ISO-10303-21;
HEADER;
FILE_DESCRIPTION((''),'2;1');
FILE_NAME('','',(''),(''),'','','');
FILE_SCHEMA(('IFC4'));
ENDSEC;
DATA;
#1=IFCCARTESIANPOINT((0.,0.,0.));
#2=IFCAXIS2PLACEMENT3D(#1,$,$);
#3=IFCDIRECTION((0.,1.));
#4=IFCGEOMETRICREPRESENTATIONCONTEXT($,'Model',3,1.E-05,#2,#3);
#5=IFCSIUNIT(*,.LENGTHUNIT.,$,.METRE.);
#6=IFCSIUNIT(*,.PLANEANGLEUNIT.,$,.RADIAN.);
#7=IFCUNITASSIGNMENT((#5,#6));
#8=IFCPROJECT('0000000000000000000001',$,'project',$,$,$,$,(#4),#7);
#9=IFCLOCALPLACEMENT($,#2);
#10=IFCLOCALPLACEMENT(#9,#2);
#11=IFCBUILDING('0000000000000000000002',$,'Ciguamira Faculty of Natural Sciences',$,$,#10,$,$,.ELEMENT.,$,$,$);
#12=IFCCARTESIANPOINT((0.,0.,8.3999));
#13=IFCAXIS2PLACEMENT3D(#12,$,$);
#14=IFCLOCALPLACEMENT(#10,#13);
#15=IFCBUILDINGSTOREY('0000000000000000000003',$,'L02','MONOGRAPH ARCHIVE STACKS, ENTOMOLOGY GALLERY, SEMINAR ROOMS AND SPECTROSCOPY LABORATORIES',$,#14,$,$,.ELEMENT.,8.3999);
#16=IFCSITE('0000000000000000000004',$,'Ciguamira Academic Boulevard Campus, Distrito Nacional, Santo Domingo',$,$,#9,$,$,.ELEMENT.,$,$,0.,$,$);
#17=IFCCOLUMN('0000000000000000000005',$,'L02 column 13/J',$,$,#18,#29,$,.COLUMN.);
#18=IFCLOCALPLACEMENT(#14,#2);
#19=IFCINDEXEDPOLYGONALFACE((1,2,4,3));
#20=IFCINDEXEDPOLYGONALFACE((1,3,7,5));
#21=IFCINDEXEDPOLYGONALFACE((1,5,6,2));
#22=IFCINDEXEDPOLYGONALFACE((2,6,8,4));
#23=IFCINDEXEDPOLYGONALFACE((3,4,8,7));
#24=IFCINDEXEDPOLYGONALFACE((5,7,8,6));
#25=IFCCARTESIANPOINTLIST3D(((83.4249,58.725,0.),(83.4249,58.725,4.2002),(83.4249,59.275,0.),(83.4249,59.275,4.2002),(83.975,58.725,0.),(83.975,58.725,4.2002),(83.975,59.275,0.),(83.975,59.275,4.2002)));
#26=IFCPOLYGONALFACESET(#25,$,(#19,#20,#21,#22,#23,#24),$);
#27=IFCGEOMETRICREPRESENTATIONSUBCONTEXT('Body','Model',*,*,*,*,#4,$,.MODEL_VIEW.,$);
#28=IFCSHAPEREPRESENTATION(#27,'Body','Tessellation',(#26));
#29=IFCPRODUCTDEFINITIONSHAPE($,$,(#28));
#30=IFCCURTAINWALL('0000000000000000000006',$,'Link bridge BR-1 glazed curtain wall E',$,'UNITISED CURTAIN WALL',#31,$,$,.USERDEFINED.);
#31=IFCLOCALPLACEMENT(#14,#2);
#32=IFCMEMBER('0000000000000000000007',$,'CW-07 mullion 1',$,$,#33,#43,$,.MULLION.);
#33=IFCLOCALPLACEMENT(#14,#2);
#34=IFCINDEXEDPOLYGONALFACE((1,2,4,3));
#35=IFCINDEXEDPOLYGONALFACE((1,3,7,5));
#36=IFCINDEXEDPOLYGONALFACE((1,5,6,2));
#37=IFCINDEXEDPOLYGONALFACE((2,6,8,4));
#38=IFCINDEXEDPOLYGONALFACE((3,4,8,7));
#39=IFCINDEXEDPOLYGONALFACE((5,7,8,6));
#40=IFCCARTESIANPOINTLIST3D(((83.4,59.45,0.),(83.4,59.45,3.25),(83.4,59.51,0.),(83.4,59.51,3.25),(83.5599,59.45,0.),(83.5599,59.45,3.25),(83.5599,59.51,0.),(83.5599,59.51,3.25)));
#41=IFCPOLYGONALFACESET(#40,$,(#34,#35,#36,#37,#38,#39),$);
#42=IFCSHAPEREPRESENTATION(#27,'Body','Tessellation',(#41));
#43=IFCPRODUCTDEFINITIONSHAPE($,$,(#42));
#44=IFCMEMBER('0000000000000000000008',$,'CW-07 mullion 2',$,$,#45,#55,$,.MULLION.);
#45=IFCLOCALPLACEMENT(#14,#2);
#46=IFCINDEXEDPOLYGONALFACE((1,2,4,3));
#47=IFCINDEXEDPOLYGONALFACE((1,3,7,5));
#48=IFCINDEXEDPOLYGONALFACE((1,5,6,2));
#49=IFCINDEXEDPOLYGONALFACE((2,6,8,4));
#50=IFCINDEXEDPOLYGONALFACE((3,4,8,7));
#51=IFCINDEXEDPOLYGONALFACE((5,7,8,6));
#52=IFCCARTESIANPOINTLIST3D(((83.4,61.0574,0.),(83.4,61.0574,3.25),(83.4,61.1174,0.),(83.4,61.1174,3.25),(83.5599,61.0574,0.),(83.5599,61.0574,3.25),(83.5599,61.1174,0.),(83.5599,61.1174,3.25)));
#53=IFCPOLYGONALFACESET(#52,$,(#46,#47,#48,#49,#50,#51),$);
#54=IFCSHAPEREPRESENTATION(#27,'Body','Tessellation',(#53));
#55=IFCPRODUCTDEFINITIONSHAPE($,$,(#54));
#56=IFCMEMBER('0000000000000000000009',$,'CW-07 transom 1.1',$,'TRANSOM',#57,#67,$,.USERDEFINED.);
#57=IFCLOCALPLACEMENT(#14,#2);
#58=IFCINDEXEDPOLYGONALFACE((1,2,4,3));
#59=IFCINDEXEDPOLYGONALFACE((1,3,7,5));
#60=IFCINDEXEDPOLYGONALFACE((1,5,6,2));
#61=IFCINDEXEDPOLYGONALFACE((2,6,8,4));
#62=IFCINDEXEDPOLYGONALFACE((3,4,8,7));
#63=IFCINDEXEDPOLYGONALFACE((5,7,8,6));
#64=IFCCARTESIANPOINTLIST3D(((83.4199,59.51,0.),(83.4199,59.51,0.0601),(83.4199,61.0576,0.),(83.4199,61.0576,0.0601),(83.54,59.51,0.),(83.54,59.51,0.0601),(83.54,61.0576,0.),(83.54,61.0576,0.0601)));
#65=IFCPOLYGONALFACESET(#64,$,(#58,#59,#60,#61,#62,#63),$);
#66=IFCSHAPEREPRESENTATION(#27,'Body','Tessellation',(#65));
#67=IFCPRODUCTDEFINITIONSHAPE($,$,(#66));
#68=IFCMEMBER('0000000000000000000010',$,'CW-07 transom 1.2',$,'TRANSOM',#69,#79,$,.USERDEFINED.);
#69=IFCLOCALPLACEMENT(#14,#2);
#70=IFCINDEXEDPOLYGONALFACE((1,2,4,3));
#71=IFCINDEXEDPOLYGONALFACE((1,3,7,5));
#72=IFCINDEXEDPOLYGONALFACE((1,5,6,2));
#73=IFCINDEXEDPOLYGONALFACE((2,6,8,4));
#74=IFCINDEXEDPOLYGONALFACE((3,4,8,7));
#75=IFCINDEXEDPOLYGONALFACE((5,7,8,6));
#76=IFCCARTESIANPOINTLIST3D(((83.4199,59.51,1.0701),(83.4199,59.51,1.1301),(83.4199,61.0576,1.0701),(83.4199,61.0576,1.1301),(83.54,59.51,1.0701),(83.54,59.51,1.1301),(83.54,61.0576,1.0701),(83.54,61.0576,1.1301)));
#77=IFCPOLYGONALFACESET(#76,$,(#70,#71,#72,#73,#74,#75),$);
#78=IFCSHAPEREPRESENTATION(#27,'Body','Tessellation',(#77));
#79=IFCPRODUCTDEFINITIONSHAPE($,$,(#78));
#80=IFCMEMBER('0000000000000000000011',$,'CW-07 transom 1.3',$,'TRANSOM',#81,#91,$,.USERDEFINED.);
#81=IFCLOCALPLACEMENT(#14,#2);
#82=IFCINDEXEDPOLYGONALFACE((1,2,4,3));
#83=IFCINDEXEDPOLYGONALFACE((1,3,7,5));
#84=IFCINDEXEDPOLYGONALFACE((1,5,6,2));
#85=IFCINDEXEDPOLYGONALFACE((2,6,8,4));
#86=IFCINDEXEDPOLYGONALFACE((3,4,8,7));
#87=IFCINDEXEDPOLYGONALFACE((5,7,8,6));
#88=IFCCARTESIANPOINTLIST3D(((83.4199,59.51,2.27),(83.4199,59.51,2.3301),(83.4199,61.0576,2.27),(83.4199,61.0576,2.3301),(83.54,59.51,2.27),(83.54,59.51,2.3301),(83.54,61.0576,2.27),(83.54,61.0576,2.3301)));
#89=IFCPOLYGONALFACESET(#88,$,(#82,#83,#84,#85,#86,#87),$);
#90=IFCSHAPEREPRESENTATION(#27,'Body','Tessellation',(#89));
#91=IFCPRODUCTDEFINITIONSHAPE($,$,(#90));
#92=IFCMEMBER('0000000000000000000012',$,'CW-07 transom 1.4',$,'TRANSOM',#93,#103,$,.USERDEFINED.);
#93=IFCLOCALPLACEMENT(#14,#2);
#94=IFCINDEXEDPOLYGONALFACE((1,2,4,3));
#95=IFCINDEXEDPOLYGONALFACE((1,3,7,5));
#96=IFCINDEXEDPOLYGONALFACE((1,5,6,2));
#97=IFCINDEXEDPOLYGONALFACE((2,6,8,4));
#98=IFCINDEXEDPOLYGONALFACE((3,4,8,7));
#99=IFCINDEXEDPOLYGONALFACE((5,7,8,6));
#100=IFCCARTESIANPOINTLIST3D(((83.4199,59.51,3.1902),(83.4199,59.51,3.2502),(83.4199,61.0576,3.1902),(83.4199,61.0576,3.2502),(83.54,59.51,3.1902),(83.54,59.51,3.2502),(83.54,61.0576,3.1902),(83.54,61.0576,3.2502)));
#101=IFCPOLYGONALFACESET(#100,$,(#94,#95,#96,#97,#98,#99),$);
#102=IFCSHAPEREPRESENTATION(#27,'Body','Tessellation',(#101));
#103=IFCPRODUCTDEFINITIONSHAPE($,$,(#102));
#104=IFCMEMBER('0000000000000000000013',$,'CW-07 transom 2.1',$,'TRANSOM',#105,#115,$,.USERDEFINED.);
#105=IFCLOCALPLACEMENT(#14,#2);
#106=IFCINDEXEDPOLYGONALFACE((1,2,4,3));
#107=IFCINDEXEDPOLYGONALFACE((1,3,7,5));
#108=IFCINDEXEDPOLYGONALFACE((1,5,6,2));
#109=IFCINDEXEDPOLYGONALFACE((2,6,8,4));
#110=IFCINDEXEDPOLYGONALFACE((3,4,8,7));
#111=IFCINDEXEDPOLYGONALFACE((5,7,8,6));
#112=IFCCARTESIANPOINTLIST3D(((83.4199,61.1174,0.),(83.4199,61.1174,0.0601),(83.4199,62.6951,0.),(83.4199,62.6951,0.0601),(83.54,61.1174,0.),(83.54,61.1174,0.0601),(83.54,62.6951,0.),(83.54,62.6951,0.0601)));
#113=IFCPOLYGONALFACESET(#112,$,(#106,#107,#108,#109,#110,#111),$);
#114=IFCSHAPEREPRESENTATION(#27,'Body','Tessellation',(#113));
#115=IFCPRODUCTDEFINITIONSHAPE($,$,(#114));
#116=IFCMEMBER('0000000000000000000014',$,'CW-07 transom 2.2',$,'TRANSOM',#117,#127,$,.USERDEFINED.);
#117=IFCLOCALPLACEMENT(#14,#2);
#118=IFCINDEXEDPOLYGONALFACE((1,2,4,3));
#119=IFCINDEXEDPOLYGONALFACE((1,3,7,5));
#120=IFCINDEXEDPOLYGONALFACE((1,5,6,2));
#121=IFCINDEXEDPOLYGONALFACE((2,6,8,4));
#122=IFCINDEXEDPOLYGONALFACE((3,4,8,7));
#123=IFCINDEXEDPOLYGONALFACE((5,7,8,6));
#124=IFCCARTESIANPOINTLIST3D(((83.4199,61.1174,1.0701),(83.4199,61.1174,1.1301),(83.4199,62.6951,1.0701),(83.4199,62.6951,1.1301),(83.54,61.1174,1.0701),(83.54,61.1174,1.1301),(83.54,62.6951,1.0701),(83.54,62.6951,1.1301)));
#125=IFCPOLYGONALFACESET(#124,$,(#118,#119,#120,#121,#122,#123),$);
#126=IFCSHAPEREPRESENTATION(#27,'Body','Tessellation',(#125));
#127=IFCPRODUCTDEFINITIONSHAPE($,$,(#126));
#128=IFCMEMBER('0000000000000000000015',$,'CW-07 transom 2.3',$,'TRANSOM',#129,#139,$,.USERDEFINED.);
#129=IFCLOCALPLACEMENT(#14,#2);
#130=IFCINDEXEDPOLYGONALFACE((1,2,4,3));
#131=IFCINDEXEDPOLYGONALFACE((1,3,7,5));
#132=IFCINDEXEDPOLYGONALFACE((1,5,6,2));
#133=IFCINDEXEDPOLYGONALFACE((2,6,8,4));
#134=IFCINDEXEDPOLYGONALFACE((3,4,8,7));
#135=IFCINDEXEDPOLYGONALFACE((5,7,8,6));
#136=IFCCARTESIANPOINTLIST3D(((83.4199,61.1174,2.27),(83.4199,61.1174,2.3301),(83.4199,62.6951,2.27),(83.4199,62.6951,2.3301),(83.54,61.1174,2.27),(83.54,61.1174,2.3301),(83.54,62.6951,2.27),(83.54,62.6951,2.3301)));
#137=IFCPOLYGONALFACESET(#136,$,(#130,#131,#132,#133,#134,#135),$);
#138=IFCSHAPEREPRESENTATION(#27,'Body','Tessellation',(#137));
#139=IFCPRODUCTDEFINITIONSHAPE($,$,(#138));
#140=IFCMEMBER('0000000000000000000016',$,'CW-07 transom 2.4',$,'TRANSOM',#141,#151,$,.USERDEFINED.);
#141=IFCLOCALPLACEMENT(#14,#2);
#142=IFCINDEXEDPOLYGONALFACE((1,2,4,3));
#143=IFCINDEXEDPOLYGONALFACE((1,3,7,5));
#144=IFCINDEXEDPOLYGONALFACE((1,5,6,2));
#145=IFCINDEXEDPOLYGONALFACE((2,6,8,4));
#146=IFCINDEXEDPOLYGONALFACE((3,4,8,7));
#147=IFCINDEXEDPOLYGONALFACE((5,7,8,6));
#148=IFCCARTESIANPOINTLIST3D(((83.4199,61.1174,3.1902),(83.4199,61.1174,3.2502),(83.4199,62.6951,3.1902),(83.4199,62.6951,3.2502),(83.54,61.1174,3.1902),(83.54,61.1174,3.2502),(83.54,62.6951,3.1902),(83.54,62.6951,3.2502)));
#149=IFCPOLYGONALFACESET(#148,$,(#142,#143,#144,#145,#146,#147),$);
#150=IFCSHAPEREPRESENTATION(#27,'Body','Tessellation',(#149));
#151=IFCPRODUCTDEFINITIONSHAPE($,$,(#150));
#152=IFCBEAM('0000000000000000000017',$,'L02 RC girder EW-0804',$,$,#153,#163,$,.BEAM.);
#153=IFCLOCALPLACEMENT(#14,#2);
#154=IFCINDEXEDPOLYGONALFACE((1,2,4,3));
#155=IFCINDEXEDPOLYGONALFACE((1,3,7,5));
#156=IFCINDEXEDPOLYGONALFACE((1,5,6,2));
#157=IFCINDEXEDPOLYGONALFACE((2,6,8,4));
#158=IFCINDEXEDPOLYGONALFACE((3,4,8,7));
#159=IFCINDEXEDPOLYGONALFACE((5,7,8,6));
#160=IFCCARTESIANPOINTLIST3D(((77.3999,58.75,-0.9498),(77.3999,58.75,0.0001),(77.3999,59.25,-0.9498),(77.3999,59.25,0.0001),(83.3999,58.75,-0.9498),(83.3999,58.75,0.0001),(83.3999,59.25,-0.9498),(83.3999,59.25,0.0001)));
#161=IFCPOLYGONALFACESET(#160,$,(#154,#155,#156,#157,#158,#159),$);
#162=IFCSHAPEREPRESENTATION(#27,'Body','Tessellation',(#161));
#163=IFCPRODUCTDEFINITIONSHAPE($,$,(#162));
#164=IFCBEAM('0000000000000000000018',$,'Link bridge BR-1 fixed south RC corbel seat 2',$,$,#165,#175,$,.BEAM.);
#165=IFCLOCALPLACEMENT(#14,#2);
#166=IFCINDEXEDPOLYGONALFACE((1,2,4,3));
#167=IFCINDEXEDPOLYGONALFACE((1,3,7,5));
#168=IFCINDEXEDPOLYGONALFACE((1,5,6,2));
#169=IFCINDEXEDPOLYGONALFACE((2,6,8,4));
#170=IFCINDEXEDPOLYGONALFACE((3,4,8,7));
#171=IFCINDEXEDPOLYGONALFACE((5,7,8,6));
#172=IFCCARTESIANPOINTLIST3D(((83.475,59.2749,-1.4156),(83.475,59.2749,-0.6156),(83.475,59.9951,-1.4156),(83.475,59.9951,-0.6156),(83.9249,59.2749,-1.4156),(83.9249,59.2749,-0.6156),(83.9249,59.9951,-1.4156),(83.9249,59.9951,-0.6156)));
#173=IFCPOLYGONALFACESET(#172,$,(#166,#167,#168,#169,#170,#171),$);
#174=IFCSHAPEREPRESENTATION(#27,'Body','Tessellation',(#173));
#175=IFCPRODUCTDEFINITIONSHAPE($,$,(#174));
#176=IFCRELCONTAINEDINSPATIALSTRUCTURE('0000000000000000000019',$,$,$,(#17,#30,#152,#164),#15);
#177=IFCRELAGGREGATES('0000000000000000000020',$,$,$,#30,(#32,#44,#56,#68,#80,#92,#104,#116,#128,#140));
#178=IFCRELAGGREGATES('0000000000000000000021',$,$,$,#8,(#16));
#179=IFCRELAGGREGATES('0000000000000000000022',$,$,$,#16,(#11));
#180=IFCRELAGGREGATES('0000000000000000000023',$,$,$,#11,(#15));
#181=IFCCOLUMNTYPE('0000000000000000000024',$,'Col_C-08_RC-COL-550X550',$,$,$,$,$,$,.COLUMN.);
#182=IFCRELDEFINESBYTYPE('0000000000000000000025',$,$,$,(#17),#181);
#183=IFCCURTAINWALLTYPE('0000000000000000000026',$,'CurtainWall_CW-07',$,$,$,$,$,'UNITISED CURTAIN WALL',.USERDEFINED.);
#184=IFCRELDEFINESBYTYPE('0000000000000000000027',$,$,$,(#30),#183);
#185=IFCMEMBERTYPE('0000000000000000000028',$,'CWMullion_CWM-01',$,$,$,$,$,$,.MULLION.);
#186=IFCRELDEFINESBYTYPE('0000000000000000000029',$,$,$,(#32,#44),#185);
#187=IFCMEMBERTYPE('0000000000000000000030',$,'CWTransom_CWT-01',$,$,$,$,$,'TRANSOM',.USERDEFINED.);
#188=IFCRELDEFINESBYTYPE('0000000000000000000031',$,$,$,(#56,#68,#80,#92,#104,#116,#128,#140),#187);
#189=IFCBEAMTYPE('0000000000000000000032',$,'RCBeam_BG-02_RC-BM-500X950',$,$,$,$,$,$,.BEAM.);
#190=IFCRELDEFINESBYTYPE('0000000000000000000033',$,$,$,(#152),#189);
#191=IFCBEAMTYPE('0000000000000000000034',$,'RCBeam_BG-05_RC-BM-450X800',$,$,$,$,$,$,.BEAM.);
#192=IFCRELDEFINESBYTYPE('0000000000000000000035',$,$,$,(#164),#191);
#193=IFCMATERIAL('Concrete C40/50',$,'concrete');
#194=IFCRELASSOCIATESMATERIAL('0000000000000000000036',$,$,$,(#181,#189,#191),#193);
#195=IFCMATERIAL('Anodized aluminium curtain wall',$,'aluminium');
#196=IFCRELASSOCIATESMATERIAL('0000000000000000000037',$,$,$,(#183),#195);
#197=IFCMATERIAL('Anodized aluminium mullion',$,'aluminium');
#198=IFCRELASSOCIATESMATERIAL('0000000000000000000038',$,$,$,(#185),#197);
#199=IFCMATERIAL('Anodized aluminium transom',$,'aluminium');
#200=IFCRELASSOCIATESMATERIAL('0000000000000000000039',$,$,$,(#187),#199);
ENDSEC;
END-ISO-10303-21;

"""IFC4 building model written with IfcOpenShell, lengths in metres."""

from ifc_helpers import new_model, si_unit, direction, frame, origin, origin_2d, place, context, subcontext, project, spatial, rectangle, extrude, material, material_profile, profile_set, type_object, element, aggregate, save


model = new_model("IFC4")

# Units and contexts
model_context = context("Model", 3, precision=1e-05, world=origin(), true_north=direction((0.0, 1.0)))
body_context = subcontext(model_context, "Body", "Model", "MODEL_VIEW")
ifc_project = project(units=[si_unit("LENGTHUNIT", "METRE"), si_unit("PLANEANGLEUNIT", "RADIAN")], contexts=[model_context])

# Site, building, storey
site_placement = place(None, origin())
site = spatial("IfcSite", under=ifc_project, at=site_placement, Name="Ciguamira Academic Boulevard Campus, Distrito Nacional, Santo Domingo", CompositionType="ELEMENT", RefElevation=0.0)
building_placement = place(site_placement, origin())
building = spatial("IfcBuilding", under=site, at=building_placement, Name="Ciguamira Faculty of Natural Sciences", CompositionType="ELEMENT")
storey_placement = place(building_placement, frame((0.0, 0.0, 8.3999)))
storey = spatial("IfcBuildingStorey", under=building, at=storey_placement, Name="L02", Description="MONOGRAPH ARCHIVE STACKS, ENTOMOLOGY GALLERY, SEMINAR ROOMS AND SPECTROSCOPY LABORATORIES", CompositionType="ELEMENT", Elevation=8.3999)

# Column
ifc_material_1 = material(Name="Concrete C40/50", Category="concrete")
ifc_material_profile_1 = material_profile(ifc_material_1, rectangle(XDim=0.55, YDim=0.55, at=origin_2d()), Name="RC-COL-550X550")
ifc_profile_set_1 = profile_set([ifc_material_profile_1], Name="Concrete C40/50")
column_type = type_object("IfcColumnType", Name="Col_C-08_RC-COL-550X550", PredefinedType="COLUMN", material=ifc_profile_set_1)
column_placement = place(storey_placement, frame((83.7, 59.0, 0.0), z_axis=(0.0, 0.0, 1.0), x_axis=(1.0, 0.0, 0.0)))
element("IfcColumn", 1, at=column_placement, inside=storey, type_object=column_type, Name="L02 column 13/J", PredefinedType="COLUMN", context=body_context, shape_type="SweptSolid", body=[
    extrude(rectangle(XDim=0.55, YDim=0.55, at=origin_2d()), origin(), (0.0, 0.0, 1.0), 4.2002),
])

# Curtain wall, members
ifc_material_2 = material(Name="Anodized aluminium curtain wall", Category="aluminium")
curtain_wall_type = type_object("IfcCurtainWallType", Name="CurtainWall_CW-07", ElementType="UNITISED CURTAIN WALL", PredefinedType="USERDEFINED", material=ifc_material_2)
curtain_wall_placement = place(storey_placement, origin())
curtain_wall = element("IfcCurtainWall", 2, at=curtain_wall_placement, inside=storey, type_object=curtain_wall_type, Name="Link bridge BR-1 glazed curtain wall E", ObjectType="UNITISED CURTAIN WALL", PredefinedType="USERDEFINED")
ifc_material_3 = material(Name="Anodized aluminium mullion", Category="aluminium")
ifc_material_profile_2 = material_profile(ifc_material_3, rectangle(XDim=0.0601, YDim=0.1599, at=origin_2d()), Name="ALU-MUL-60X160")
ifc_profile_set_2 = profile_set([ifc_material_profile_2], Name="Anodized aluminium mullion")
member_type_1 = type_object("IfcMemberType", Name="CWMullion_CWM-01", PredefinedType="MULLION", material=ifc_profile_set_2)
member_1_placement = place(storey_placement, frame((83.48, 59.48, 0.0), z_axis=(0.0, 0.0, 1.0), x_axis=(0.0, 1.0, 0.0)))
member_1 = element("IfcMember", 3, at=member_1_placement, type_object=member_type_1, Name="CW-07 mullion 1", PredefinedType="MULLION", context=body_context, shape_type="SweptSolid", body=[
    extrude(rectangle(XDim=0.0601, YDim=0.1599, at=origin_2d()), origin(), (0.0, 0.0, 1.0), 3.25),
])
member_2_placement = place(storey_placement, frame((83.48, 61.0874, 0.0), z_axis=(0.0, 0.0, 1.0), x_axis=(0.0, 1.0, 0.0)))
member_2 = element("IfcMember", 4, at=member_2_placement, type_object=member_type_1, Name="CW-07 mullion 2", PredefinedType="MULLION", context=body_context, shape_type="SweptSolid", body=[
    extrude(rectangle(XDim=0.0601, YDim=0.1599, at=origin_2d()), origin(), (0.0, 0.0, 1.0), 3.25),
])
ifc_material_4 = material(Name="Anodized aluminium transom", Category="aluminium")
ifc_material_profile_3 = material_profile(ifc_material_4, rectangle(XDim=0.0601, YDim=0.1201, at=origin_2d()), Name="ALU-TRN-60X120")
ifc_profile_set_3 = profile_set([ifc_material_profile_3], Name="Anodized aluminium transom")
member_type_2 = type_object("IfcMemberType", Name="CWTransom_CWT-01", ElementType="TRANSOM", PredefinedType="USERDEFINED", material=ifc_profile_set_3)
member_3_placement = place(storey_placement, frame((83.48, 59.51, 0.03), z_axis=(0.0, 1.0, 0.0), x_axis=(0.0, 0.0, 1.0)))
member_3 = element("IfcMember", 5, at=member_3_placement, type_object=member_type_2, Name="CW-07 transom 1.1", ObjectType="TRANSOM", PredefinedType="USERDEFINED", context=body_context, shape_type="SweptSolid", body=[
    extrude(rectangle(XDim=0.0601, YDim=0.1201, at=origin_2d()), origin(), (0.0, 0.0, 1.0), 1.5476),
])
member_4_placement = place(storey_placement, frame((83.48, 59.51, 1.1001), z_axis=(0.0, 1.0, 0.0), x_axis=(0.0, 0.0, 1.0)))
member_4 = element("IfcMember", 6, at=member_4_placement, type_object=member_type_2, Name="CW-07 transom 1.2", ObjectType="TRANSOM", PredefinedType="USERDEFINED", context=body_context, shape_type="SweptSolid", body=[
    extrude(rectangle(XDim=0.0601, YDim=0.1201, at=origin_2d()), origin(), (0.0, 0.0, 1.0), 1.5476),
])
member_5_placement = place(storey_placement, frame((83.48, 59.51, 2.3), z_axis=(0.0, 1.0, 0.0), x_axis=(0.0, 0.0, 1.0)))
member_5 = element("IfcMember", 7, at=member_5_placement, type_object=member_type_2, Name="CW-07 transom 1.3", ObjectType="TRANSOM", PredefinedType="USERDEFINED", context=body_context, shape_type="SweptSolid", body=[
    extrude(rectangle(XDim=0.0601, YDim=0.1201, at=origin_2d()), origin(), (0.0, 0.0, 1.0), 1.5476),
])
member_6_placement = place(storey_placement, frame((83.48, 59.51, 3.2202), z_axis=(0.0, 1.0, 0.0), x_axis=(0.0, 0.0, 1.0)))
member_6 = element("IfcMember", 8, at=member_6_placement, type_object=member_type_2, Name="CW-07 transom 1.4", ObjectType="TRANSOM", PredefinedType="USERDEFINED", context=body_context, shape_type="SweptSolid", body=[
    extrude(rectangle(XDim=0.0601, YDim=0.1201, at=origin_2d()), origin(), (0.0, 0.0, 1.0), 1.5476),
])
member_7_placement = place(storey_placement, frame((83.48, 61.1174, 0.03), z_axis=(0.0, 1.0, 0.0), x_axis=(0.0, 0.0, 1.0)))
member_7 = element("IfcMember", 9, at=member_7_placement, type_object=member_type_2, Name="CW-07 transom 2.1", ObjectType="TRANSOM", PredefinedType="USERDEFINED", context=body_context, shape_type="SweptSolid", body=[
    extrude(rectangle(XDim=0.0601, YDim=0.1201, at=origin_2d()), origin(), (0.0, 0.0, 1.0), 1.5776),
])
member_8_placement = place(storey_placement, frame((83.48, 61.1174, 1.1001), z_axis=(0.0, 1.0, 0.0), x_axis=(0.0, 0.0, 1.0)))
member_8 = element("IfcMember", 10, at=member_8_placement, type_object=member_type_2, Name="CW-07 transom 2.2", ObjectType="TRANSOM", PredefinedType="USERDEFINED", context=body_context, shape_type="SweptSolid", body=[
    extrude(rectangle(XDim=0.0601, YDim=0.1201, at=origin_2d()), origin(), (0.0, 0.0, 1.0), 1.5776),
])
member_9_placement = place(storey_placement, frame((83.48, 61.1174, 2.3), z_axis=(0.0, 1.0, 0.0), x_axis=(0.0, 0.0, 1.0)))
member_9 = element("IfcMember", 11, at=member_9_placement, type_object=member_type_2, Name="CW-07 transom 2.3", ObjectType="TRANSOM", PredefinedType="USERDEFINED", context=body_context, shape_type="SweptSolid", body=[
    extrude(rectangle(XDim=0.0601, YDim=0.1201, at=origin_2d()), origin(), (0.0, 0.0, 1.0), 1.5776),
])
member_10_placement = place(storey_placement, frame((83.48, 61.1174, 3.2202), z_axis=(0.0, 1.0, 0.0), x_axis=(0.0, 0.0, 1.0)))
member_10 = element("IfcMember", 12, at=member_10_placement, type_object=member_type_2, Name="CW-07 transom 2.4", ObjectType="TRANSOM", PredefinedType="USERDEFINED", context=body_context, shape_type="SweptSolid", body=[
    extrude(rectangle(XDim=0.0601, YDim=0.1201, at=origin_2d()), origin(), (0.0, 0.0, 1.0), 1.5776),
])

# Beams
ifc_material_profile_4 = material_profile(ifc_material_1, rectangle(XDim=0.5, YDim=0.95, at=origin_2d()), Name="RC-BM-500X950")
ifc_profile_set_4 = profile_set([ifc_material_profile_4], Name="Concrete C40/50")
beam_type_1 = type_object("IfcBeamType", Name="RCBeam_BG-02_RC-BM-500X950", PredefinedType="BEAM", material=ifc_profile_set_4)
beam_1_placement = place(storey_placement, frame((77.3999, 59.0, -0.4749), z_axis=(1.0, 0.0, 0.0), x_axis=(0.0, 1.0, 0.0)))
element("IfcBeam", 13, at=beam_1_placement, inside=storey, type_object=beam_type_1, Name="L02 RC girder EW-0804", PredefinedType="BEAM", context=body_context, shape_type="SweptSolid", body=[
    extrude(rectangle(XDim=0.5, YDim=0.95, at=origin_2d()), origin(), (0.0, 0.0, 1.0), 6.0),
])
ifc_material_profile_5 = material_profile(ifc_material_1, rectangle(XDim=0.45, YDim=0.8, at=origin_2d()), Name="RC-BM-450X800")
ifc_profile_set_5 = profile_set([ifc_material_profile_5], Name="Concrete C40/50")
beam_type_2 = type_object("IfcBeamType", Name="RCBeam_BG-05_RC-BM-450X800", PredefinedType="BEAM", material=ifc_profile_set_5)
beam_2_placement = place(storey_placement, frame((83.7, 59.2749, -1.0156), z_axis=(0.0, 1.0, 0.0), x_axis=(-1.0, 0.0, 0.0)))
element("IfcBeam", 14, at=beam_2_placement, inside=storey, type_object=beam_type_2, Name="Link bridge BR-1 fixed south RC corbel seat 2", PredefinedType="BEAM", context=body_context, shape_type="SweptSolid", body=[
    extrude(rectangle(XDim=0.45, YDim=0.8, at=origin_2d()), origin(), (0.0, 0.0, 1.0), 0.7202),
])

aggregate(curtain_wall, [member_1, member_2, member_3, member_4, member_5, member_6, member_7, member_8, member_9, member_10])

save(model, "model.ifc")
